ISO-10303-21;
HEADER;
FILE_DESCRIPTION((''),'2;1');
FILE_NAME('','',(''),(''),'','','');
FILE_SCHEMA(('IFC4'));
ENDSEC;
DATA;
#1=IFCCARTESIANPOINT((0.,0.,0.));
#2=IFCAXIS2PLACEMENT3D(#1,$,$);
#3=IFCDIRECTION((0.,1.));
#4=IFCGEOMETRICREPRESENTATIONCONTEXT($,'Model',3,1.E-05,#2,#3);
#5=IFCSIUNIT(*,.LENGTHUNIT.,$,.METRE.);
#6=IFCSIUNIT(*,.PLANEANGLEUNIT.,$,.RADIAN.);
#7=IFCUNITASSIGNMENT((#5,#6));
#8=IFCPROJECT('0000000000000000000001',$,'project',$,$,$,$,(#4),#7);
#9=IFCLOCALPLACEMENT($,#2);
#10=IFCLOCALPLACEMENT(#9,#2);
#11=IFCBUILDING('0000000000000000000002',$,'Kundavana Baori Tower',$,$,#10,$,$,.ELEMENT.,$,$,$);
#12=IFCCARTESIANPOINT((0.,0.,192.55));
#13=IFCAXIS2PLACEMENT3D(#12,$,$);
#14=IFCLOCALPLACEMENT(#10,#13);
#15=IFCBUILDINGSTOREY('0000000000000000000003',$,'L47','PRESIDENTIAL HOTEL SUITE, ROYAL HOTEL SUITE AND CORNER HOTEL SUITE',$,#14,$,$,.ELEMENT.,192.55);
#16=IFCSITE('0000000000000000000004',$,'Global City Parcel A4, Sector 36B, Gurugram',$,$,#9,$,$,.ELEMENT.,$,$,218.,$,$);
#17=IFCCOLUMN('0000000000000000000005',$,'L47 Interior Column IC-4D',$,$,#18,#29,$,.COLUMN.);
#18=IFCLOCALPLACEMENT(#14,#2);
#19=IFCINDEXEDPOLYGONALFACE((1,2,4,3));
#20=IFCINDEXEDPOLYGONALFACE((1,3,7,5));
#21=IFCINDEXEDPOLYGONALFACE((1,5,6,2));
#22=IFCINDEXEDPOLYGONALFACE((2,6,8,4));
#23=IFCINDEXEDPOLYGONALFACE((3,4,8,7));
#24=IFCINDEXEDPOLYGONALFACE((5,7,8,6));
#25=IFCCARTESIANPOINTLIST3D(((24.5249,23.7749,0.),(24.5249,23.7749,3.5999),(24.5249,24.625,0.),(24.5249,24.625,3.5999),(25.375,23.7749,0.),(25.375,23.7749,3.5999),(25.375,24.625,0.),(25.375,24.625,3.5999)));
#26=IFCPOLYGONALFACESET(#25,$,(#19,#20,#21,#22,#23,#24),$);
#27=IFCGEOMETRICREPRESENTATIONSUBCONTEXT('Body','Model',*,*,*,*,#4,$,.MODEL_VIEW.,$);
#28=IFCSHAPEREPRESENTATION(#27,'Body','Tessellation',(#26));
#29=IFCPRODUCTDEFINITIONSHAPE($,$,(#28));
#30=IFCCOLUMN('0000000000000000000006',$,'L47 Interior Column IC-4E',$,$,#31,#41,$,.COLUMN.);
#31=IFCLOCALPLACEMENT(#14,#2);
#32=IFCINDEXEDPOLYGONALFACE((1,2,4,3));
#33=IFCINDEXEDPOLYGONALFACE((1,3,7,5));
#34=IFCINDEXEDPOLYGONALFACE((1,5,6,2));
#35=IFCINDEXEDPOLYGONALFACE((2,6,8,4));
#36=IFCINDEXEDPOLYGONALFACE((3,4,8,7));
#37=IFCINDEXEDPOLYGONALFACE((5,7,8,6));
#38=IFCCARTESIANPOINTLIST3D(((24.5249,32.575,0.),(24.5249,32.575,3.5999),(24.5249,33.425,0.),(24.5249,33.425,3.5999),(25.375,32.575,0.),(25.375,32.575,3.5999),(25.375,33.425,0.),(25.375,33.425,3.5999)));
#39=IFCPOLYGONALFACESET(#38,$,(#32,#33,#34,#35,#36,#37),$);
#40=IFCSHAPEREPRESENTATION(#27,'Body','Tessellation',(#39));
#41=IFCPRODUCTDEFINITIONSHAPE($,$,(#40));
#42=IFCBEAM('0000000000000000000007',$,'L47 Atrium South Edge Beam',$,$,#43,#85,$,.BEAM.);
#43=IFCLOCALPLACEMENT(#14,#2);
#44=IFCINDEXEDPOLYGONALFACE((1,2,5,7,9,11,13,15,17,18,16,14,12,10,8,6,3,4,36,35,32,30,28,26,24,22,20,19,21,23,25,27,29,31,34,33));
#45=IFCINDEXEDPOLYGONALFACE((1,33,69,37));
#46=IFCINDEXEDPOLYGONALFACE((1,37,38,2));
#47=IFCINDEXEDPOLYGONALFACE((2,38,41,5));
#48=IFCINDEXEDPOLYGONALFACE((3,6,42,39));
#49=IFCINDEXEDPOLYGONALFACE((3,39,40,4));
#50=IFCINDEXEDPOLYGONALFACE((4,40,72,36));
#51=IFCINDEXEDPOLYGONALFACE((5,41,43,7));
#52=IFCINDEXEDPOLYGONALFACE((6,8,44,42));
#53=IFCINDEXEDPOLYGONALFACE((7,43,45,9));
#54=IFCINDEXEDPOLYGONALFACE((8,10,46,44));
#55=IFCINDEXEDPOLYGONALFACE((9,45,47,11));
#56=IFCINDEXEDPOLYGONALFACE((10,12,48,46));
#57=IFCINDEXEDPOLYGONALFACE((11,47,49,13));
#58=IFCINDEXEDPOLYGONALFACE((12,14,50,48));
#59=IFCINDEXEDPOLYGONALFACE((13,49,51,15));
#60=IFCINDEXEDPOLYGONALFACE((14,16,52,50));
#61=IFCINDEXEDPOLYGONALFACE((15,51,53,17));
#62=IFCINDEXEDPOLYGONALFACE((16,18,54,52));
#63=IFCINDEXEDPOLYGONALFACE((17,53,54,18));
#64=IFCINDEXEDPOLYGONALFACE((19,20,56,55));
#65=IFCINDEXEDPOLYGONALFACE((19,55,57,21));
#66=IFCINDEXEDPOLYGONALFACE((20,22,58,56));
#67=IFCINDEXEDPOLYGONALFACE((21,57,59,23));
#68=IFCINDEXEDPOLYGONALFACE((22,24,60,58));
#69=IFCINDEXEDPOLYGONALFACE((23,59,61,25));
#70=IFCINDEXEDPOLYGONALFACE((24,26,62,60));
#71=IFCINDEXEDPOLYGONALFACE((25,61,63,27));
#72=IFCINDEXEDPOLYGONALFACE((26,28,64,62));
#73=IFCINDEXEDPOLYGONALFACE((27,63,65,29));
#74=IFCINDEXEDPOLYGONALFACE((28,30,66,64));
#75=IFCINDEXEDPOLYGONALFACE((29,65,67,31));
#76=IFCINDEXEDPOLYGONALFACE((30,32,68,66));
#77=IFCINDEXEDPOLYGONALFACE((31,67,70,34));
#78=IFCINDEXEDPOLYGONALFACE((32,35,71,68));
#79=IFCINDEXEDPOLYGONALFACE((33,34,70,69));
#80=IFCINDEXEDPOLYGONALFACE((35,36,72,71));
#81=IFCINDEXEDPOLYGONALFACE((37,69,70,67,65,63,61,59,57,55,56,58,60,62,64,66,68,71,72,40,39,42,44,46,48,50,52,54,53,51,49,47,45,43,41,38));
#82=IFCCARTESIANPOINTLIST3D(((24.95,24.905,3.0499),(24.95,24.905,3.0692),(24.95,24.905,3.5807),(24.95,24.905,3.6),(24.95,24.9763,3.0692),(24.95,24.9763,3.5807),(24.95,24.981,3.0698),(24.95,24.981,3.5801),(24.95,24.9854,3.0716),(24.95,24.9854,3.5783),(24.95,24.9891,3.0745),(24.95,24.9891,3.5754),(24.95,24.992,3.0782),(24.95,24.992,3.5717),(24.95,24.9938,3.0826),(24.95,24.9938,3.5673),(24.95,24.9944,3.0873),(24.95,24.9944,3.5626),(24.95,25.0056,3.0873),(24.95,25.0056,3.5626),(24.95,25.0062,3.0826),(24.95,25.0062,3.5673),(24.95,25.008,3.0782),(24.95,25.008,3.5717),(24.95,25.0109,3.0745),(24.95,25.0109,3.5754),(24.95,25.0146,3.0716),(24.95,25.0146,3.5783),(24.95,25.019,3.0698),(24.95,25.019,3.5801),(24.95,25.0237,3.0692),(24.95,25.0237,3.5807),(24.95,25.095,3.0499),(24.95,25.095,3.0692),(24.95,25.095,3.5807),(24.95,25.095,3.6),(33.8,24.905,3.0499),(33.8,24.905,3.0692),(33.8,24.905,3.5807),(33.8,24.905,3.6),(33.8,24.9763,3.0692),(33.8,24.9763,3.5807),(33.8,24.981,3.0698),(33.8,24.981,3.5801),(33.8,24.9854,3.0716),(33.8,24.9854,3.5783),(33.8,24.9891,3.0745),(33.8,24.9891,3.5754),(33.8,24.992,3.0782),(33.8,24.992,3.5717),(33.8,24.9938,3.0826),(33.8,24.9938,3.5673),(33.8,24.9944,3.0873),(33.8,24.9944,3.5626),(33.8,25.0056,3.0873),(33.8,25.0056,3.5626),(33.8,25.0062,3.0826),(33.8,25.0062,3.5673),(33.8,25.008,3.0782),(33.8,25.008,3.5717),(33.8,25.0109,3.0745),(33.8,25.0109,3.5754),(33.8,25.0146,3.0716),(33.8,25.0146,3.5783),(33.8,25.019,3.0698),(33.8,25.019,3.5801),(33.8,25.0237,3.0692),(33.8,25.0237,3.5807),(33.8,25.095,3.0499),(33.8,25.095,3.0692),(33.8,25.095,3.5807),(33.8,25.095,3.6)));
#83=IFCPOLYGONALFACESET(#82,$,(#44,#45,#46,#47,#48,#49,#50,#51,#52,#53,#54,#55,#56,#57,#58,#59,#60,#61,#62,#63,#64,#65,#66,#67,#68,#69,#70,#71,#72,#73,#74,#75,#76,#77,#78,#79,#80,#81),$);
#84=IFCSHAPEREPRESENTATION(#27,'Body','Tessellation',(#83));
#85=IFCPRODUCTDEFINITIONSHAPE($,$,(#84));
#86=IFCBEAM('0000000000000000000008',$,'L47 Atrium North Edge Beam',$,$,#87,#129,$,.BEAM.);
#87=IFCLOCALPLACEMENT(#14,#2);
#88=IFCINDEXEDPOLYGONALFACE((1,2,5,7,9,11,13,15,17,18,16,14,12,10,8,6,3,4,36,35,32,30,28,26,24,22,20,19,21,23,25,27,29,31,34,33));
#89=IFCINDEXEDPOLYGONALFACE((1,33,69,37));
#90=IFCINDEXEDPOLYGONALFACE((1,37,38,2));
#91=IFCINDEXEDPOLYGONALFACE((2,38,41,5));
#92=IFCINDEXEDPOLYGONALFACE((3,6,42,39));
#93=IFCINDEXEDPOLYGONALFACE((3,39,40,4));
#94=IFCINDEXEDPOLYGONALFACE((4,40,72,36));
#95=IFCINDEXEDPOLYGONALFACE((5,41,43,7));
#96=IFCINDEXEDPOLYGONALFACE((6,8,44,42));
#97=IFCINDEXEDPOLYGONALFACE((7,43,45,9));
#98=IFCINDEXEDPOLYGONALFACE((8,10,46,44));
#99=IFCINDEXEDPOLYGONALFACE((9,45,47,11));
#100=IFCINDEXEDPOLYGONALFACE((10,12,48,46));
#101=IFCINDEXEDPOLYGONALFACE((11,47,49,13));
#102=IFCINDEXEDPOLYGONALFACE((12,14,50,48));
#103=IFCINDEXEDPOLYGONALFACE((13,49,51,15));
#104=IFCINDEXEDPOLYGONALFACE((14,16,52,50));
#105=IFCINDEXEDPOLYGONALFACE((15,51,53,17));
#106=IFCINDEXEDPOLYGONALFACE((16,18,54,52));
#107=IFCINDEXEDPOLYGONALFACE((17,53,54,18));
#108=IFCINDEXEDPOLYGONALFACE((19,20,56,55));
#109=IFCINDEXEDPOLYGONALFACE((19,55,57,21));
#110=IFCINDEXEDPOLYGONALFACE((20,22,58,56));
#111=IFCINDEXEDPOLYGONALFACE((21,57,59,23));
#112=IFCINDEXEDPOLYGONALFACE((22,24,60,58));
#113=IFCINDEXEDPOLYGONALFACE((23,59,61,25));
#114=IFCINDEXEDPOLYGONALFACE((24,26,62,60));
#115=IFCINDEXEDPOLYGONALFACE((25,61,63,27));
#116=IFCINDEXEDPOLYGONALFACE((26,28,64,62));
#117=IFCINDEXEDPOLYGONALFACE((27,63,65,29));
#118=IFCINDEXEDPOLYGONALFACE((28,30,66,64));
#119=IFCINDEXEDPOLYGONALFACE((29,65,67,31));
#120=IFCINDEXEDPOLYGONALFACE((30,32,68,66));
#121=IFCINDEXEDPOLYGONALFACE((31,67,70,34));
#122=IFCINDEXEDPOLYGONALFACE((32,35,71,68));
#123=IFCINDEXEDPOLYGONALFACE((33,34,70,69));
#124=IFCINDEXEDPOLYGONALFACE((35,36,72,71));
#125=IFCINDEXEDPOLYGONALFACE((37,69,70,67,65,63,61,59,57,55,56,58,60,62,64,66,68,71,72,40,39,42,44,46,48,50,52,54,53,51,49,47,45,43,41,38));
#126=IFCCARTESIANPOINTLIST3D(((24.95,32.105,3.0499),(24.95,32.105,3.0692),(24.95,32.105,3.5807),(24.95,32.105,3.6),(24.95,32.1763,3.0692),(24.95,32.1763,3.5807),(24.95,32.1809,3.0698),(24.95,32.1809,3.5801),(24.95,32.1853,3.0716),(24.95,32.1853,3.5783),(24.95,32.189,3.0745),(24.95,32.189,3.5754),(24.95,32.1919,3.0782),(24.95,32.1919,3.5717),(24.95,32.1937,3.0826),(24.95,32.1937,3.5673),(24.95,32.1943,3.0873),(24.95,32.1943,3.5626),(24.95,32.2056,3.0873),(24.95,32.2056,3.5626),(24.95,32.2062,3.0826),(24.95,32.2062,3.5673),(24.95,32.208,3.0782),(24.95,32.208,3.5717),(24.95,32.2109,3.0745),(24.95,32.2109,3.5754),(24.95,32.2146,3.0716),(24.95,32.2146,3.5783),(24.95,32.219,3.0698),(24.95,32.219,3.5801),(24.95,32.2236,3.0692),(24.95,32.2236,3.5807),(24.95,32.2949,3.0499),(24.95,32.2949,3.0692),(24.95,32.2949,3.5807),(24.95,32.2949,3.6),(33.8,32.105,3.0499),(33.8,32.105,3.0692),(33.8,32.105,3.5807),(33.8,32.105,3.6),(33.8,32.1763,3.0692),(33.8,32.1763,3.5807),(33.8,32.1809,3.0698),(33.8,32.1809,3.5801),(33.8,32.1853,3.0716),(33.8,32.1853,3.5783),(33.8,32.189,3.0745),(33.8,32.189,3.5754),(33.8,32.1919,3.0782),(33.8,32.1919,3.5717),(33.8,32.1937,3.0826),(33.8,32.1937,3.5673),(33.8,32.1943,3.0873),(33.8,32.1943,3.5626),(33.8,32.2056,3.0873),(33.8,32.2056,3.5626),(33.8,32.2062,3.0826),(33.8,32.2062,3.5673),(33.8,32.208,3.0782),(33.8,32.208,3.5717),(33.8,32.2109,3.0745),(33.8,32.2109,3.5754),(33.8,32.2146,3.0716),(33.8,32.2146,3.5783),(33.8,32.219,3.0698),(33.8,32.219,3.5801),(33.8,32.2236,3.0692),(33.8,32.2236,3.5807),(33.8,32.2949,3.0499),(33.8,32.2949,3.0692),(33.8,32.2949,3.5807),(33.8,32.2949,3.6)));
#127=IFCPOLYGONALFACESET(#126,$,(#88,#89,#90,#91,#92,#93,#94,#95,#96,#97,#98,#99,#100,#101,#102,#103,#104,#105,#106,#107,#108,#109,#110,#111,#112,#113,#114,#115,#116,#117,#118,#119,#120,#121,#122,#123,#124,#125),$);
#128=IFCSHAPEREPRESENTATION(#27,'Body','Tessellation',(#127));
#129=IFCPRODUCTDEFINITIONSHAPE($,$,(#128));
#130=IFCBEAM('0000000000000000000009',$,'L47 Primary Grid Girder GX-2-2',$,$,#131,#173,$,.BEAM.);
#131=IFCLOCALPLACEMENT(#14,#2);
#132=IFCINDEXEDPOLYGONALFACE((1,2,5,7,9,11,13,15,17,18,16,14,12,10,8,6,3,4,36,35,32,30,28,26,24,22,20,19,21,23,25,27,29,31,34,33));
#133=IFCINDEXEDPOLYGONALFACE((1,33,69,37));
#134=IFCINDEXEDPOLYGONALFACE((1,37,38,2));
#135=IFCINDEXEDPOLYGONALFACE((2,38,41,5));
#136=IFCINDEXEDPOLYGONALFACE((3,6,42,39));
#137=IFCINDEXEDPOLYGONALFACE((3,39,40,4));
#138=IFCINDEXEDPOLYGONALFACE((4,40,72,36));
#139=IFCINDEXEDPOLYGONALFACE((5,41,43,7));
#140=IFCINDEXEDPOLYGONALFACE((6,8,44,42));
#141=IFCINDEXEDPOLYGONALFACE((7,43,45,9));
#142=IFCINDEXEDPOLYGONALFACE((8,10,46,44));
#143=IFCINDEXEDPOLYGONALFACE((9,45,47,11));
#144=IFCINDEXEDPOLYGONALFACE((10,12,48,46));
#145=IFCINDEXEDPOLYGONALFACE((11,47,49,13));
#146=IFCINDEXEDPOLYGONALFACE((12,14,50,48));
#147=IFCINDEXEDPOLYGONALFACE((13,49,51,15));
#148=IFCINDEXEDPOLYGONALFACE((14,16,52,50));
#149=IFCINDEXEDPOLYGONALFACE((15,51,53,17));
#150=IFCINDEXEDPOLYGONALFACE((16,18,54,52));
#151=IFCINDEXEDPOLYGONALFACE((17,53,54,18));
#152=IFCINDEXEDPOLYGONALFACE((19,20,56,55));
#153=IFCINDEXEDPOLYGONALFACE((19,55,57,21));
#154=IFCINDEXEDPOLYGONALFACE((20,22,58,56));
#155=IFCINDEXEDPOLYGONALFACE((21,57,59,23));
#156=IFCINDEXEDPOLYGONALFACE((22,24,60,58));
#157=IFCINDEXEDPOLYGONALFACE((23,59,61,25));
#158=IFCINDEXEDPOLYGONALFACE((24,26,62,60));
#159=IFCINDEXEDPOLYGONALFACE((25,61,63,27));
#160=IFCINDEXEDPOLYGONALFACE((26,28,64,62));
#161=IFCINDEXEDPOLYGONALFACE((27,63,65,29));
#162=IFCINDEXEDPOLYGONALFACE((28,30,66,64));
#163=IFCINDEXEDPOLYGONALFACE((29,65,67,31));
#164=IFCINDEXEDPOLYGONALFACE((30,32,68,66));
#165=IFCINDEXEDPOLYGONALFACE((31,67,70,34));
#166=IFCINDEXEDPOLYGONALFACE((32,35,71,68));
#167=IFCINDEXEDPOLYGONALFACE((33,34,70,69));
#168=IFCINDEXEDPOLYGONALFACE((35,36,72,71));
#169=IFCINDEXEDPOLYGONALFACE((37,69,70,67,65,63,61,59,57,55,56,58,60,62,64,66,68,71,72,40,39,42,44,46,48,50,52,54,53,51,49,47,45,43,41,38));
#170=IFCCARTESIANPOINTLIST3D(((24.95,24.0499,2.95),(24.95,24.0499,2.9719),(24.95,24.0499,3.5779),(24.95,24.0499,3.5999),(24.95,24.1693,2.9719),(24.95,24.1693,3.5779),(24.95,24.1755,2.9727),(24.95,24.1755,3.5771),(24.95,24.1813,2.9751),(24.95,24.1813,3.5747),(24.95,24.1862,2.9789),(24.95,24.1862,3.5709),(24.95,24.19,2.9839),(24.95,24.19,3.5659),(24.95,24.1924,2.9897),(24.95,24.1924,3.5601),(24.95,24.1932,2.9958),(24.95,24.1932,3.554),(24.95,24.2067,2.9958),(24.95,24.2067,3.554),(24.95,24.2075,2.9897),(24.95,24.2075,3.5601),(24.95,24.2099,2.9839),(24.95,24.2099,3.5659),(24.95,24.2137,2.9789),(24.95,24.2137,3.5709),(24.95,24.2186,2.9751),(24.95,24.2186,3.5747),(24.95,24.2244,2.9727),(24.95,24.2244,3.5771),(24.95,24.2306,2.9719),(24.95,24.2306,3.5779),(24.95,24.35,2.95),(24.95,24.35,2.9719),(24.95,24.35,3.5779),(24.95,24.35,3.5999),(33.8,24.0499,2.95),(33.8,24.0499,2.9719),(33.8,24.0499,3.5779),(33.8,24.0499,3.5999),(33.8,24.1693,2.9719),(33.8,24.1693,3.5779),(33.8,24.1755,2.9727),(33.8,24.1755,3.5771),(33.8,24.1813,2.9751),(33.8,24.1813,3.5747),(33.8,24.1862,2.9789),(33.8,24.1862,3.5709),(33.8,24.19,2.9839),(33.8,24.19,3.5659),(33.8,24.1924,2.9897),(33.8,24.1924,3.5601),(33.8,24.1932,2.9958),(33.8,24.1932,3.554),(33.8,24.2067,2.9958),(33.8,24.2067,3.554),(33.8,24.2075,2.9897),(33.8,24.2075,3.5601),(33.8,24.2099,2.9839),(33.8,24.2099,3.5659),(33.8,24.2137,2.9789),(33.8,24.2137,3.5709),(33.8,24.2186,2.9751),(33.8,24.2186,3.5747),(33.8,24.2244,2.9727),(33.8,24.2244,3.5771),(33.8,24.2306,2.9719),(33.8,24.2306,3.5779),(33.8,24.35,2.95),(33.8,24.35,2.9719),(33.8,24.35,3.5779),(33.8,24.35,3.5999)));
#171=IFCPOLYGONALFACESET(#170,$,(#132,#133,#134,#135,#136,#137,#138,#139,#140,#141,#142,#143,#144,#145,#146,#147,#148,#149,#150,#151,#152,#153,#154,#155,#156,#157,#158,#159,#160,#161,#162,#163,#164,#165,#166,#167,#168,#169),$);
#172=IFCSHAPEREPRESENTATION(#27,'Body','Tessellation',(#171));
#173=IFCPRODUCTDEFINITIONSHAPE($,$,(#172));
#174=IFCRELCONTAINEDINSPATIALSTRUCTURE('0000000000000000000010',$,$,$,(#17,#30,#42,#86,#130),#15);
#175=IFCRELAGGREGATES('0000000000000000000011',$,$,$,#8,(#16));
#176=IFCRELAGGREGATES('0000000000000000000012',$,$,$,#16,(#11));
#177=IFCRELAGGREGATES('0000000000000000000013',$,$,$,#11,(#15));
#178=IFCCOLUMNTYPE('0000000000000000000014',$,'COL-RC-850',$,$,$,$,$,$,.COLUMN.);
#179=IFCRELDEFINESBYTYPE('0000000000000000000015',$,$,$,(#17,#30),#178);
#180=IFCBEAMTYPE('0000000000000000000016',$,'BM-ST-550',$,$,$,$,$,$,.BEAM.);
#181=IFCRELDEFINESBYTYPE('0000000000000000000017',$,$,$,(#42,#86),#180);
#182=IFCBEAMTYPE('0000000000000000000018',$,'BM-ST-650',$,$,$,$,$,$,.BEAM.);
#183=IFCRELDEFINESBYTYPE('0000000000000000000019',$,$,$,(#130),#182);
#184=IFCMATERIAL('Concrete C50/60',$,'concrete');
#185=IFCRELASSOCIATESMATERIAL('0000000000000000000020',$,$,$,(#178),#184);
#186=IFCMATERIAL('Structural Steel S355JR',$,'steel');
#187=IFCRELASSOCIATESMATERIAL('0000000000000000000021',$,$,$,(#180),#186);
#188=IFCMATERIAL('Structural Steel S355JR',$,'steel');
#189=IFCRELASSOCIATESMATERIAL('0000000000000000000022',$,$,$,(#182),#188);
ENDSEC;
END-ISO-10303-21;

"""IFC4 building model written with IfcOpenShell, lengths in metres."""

from ifc_helpers import new_model, si_unit, direction, frame, origin, origin_2d, place, context, subcontext, project, spatial, rectangle, i_section, extrude, material, material_profile, profile_set, type_object, element, save


model = new_model("IFC4")

# Units and contexts
model_context = context("Model", 3, precision=1e-05, world=origin(), true_north=direction((0.0, 1.0)))
body_context = subcontext(model_context, "Body", "Model", "MODEL_VIEW")
ifc_project = project(units=[si_unit("LENGTHUNIT", "METRE"), si_unit("PLANEANGLEUNIT", "RADIAN")], contexts=[model_context])

# Site, building, storey
site_placement = place(None, origin())
site = spatial("IfcSite", under=ifc_project, at=site_placement, Name="Global City Parcel A4, Sector 36B, Gurugram", CompositionType="ELEMENT", RefElevation=218.0)
building_placement = place(site_placement, origin())
building = spatial("IfcBuilding", under=site, at=building_placement, Name="Kundavana Baori Tower", CompositionType="ELEMENT")
storey_placement = place(building_placement, frame((0.0, 0.0, 192.55)))
storey = spatial("IfcBuildingStorey", under=building, at=storey_placement, Name="L47", Description="PRESIDENTIAL HOTEL SUITE, ROYAL HOTEL SUITE AND CORNER HOTEL SUITE", CompositionType="ELEMENT", Elevation=192.55)

# Columns
ifc_material_1 = material(Name="Concrete C50/60", Category="concrete")
ifc_material_profile_1 = material_profile(ifc_material_1, rectangle(XDim=0.8501, YDim=0.8501, at=origin_2d()), Name="RC 850x850")
ifc_profile_set_1 = profile_set([ifc_material_profile_1], Name="Concrete C50/60")
column_type = type_object("IfcColumnType", Name="COL-RC-850", PredefinedType="COLUMN", material=ifc_profile_set_1)
for number, where, z_axis, x_axis, name in (
    (1, (24.95, 24.2, 0.0), (0.0, 0.0, 1.0), (1.0, 0.0, 0.0), "L47 Interior Column IC-4D"),
    (2, (24.95, 33.0, 0.0), (0.0, 0.0, 1.0), (1.0, 0.0, 0.0), "L47 Interior Column IC-4E"),
):
    element("IfcColumn", number, at=place(storey_placement, frame(where, z_axis=z_axis, x_axis=x_axis)), inside=storey, type_object=column_type, Name=name, PredefinedType="COLUMN", context=body_context, shape_type="SweptSolid", body=[
        extrude(rectangle(XDim=0.8501, YDim=0.8501, at=origin_2d()), origin(), (0.0, 0.0, 1.0), 3.5999),
    ])

# Beams
ifc_material_2 = material(Name="Structural Steel S355JR", Category="steel")
ifc_material_profile_2 = material_profile(ifc_material_2, i_section(OverallWidth=0.1899, OverallDepth=0.55, WebThickness=0.0112, FlangeThickness=0.0193, FilletRadius=0.0181, at=origin_2d()), Name="ISMB 550")
ifc_profile_set_2 = profile_set([ifc_material_profile_2], Name="Structural Steel S355JR")
beam_type_1 = type_object("IfcBeamType", Name="BM-ST-550", PredefinedType="BEAM", material=ifc_profile_set_2)
for number, where, z_axis, x_axis, name in (
    (3, (24.95, 25.0, 3.325), (1.0, 0.0, 0.0), (0.0, 1.0, 0.0), "L47 Atrium South Edge Beam"),
    (4, (24.95, 32.2, 3.325), (1.0, 0.0, 0.0), (0.0, 1.0, 0.0), "L47 Atrium North Edge Beam"),
):
    element("IfcBeam", number, at=place(storey_placement, frame(where, z_axis=z_axis, x_axis=x_axis)), inside=storey, type_object=beam_type_1, Name=name, PredefinedType="BEAM", context=body_context, shape_type="SweptSolid", body=[
        extrude(i_section(OverallWidth=0.1899, OverallDepth=0.55, WebThickness=0.0112, FlangeThickness=0.0193, FilletRadius=0.0181, at=origin_2d()), origin(), (0.0, 0.0, 1.0), 8.8501),
    ])
ifc_material_3 = material(Name="Structural Steel S355JR", Category="steel")
ifc_material_profile_3 = material_profile(ifc_material_3, i_section(OverallWidth=0.3, OverallDepth=0.6499, WebThickness=0.0134, FlangeThickness=0.022, FilletRadius=0.0239, at=origin_2d()), Name="NPB 650x300x155")
ifc_profile_set_3 = profile_set([ifc_material_profile_3], Name="Structural Steel S355JR")
beam_type_2 = type_object("IfcBeamType", Name="BM-ST-650", PredefinedType="BEAM", material=ifc_profile_set_3)
for number, where, z_axis, x_axis, name in (
    (5, (24.95, 24.2, 3.2749), (1.0, 0.0, 0.0), (0.0, 1.0, 0.0), "L47 Primary Grid Girder GX-2-2"),
):
    element("IfcBeam", number, at=place(storey_placement, frame(where, z_axis=z_axis, x_axis=x_axis)), inside=storey, type_object=beam_type_2, Name=name, PredefinedType="BEAM", context=body_context, shape_type="SweptSolid", body=[
        extrude(i_section(OverallWidth=0.3, OverallDepth=0.6499, WebThickness=0.0134, FlangeThickness=0.022, FilletRadius=0.0239, at=origin_2d()), origin(), (0.0, 0.0, 1.0), 8.8501),
    ])

save(model, "model.ifc")
